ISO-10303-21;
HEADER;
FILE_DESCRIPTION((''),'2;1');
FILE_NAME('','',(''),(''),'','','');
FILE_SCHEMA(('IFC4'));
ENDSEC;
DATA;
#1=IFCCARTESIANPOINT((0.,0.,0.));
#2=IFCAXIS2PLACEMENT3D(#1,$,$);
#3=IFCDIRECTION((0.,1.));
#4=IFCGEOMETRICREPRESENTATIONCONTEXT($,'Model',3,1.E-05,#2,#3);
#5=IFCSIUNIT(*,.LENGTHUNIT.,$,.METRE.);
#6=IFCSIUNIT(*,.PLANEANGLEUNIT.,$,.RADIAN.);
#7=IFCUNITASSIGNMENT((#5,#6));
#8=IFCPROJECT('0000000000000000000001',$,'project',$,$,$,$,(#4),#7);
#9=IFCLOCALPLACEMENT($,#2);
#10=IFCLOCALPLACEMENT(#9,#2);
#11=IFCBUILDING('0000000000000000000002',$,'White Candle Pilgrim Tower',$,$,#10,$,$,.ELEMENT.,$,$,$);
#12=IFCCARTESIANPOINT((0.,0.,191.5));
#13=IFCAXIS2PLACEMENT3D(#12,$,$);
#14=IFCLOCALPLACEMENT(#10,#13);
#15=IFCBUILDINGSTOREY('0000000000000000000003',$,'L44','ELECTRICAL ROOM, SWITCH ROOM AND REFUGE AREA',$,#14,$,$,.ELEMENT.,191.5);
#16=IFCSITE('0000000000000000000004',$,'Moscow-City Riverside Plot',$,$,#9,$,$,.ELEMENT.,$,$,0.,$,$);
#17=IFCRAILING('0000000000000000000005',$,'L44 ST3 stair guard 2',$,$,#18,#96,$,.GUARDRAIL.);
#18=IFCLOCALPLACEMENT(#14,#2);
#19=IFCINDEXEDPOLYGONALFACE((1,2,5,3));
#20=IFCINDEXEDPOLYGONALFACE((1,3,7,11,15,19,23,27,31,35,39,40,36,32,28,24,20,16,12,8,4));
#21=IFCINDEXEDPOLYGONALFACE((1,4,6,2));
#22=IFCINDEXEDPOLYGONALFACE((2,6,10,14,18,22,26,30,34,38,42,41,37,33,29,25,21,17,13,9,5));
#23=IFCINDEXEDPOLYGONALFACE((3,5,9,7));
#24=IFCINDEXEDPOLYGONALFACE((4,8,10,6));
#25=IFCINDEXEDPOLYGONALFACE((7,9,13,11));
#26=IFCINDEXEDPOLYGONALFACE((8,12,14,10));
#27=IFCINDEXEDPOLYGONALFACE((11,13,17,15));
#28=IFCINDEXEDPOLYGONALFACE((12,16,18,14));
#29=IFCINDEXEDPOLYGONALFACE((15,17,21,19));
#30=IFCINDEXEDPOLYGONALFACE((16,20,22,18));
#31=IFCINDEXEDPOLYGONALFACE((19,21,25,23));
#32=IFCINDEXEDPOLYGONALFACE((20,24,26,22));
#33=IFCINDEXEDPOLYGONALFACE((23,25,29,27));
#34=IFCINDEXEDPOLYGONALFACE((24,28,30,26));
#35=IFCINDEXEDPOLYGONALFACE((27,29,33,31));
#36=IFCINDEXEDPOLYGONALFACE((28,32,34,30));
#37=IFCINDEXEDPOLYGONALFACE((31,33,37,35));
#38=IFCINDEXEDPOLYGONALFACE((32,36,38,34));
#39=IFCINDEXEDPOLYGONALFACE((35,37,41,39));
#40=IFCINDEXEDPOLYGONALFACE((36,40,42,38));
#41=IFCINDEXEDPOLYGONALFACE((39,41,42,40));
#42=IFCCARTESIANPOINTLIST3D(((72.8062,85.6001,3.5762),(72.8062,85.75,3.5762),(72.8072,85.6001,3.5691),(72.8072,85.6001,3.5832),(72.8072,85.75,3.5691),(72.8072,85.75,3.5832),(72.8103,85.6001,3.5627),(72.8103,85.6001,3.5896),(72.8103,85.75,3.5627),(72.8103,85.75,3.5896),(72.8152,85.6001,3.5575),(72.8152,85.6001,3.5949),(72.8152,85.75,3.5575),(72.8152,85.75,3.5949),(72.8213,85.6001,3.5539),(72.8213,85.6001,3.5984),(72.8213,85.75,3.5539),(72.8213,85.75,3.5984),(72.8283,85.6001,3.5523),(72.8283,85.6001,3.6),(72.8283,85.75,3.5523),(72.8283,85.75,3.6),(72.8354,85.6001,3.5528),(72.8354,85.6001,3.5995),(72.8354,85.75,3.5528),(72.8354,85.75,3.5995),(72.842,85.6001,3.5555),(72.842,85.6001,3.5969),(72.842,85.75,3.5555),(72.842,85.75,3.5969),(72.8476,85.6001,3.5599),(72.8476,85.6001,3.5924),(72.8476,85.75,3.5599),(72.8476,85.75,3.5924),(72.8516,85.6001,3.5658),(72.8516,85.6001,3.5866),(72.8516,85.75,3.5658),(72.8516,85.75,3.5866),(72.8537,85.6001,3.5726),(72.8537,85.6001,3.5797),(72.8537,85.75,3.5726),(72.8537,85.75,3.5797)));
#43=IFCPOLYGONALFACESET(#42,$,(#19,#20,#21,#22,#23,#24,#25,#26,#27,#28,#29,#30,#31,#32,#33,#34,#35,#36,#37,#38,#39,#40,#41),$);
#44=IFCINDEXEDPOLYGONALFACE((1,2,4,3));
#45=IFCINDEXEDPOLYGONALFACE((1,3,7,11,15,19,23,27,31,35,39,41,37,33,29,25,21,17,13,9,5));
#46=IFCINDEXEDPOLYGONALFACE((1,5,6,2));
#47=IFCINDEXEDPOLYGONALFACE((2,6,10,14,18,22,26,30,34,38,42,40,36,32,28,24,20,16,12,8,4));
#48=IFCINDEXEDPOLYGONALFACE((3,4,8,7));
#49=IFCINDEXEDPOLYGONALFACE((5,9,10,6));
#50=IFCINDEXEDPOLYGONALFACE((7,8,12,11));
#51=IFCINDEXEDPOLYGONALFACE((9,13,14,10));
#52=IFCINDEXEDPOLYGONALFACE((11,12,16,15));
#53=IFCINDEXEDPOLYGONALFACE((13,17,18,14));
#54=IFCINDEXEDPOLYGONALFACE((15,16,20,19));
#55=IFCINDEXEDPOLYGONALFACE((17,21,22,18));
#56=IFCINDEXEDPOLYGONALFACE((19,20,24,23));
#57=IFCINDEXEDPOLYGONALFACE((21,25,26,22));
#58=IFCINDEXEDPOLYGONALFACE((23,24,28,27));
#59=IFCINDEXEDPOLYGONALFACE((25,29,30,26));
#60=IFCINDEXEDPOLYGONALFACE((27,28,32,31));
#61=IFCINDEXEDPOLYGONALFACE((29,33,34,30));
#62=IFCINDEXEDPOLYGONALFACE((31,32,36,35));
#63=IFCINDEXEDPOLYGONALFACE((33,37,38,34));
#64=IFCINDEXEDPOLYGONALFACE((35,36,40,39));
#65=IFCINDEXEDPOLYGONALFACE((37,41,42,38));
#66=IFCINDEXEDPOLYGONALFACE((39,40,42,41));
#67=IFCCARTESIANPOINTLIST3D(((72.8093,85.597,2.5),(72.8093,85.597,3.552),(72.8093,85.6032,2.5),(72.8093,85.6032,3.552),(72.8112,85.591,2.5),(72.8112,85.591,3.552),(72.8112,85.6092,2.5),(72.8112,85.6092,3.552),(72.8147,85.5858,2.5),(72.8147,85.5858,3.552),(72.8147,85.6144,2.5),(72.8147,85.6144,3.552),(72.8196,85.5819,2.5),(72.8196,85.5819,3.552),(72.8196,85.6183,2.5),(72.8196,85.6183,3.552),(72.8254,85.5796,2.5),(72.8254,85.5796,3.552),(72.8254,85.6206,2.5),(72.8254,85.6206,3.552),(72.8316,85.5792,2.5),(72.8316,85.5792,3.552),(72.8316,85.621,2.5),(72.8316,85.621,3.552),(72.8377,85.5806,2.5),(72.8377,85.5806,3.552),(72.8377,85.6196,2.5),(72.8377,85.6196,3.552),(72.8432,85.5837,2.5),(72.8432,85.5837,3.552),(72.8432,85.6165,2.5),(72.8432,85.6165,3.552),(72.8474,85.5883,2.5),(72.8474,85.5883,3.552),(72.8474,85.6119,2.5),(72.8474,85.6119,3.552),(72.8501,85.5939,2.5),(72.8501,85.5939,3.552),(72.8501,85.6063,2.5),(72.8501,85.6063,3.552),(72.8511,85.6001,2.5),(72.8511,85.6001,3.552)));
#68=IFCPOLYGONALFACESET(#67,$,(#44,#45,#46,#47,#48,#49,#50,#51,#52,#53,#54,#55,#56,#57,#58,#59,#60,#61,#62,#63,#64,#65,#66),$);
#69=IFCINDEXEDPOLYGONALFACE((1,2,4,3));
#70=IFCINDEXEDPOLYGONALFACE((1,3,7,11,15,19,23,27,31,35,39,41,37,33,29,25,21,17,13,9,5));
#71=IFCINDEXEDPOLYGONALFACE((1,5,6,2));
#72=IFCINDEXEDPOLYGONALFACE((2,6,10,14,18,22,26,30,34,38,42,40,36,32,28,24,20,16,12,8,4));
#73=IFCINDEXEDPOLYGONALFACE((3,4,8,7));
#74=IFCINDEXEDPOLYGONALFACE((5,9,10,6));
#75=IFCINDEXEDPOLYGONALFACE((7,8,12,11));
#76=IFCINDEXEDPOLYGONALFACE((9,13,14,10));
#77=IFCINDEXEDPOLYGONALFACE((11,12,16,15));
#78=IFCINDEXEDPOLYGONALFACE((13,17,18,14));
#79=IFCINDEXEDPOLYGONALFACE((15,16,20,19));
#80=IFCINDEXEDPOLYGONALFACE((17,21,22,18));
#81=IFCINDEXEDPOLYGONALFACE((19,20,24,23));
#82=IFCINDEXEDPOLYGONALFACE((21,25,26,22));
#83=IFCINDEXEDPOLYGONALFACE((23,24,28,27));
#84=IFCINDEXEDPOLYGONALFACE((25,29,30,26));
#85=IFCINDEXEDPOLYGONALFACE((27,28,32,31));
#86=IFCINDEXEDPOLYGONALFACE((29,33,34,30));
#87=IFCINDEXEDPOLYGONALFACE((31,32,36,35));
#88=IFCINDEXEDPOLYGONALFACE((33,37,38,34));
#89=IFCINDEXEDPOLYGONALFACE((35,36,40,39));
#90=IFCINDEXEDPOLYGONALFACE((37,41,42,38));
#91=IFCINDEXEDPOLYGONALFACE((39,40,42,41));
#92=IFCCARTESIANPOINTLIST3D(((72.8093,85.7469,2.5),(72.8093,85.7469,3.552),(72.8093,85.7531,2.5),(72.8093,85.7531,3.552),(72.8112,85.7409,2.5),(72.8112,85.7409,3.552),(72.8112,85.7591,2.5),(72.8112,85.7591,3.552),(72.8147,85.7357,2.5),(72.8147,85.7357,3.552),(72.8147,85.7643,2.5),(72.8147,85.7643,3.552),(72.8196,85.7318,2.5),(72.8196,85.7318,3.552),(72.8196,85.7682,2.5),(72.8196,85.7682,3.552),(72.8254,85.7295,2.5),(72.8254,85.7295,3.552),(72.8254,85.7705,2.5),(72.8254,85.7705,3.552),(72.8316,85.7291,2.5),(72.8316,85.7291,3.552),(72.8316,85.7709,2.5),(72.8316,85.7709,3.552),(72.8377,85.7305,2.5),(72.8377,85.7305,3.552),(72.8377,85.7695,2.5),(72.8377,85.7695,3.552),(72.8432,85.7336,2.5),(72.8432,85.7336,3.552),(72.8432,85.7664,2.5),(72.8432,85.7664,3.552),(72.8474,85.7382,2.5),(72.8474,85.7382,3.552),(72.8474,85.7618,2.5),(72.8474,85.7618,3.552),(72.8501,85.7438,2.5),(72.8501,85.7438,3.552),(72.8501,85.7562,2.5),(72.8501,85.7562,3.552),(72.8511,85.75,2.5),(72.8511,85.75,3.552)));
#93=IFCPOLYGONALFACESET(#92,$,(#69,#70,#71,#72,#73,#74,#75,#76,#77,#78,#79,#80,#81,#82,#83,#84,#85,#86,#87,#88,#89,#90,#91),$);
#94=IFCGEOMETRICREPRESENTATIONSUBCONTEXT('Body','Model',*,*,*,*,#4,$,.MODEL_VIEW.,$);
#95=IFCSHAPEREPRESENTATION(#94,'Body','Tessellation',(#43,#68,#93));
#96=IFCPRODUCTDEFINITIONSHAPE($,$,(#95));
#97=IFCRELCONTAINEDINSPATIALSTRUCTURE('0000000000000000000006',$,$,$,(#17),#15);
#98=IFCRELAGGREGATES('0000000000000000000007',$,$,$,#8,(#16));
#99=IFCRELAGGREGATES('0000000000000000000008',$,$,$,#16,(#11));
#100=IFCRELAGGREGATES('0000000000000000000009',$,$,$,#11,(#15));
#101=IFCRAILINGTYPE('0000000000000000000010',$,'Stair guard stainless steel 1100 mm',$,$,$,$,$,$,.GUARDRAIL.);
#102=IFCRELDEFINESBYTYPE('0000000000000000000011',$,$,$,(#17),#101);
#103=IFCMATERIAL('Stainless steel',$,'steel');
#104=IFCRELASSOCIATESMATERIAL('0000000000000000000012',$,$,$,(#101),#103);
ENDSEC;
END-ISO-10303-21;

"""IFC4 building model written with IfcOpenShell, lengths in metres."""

from ifc_helpers import new_model, si_unit, direction, frame, origin, origin_2d, place, context, subcontext, project, spatial, circle, extrude, material, type_object, element, save


model = new_model("IFC4")

# Units and contexts
model_context = context("Model", 3, precision=1e-05, world=origin(), true_north=direction((0.0, 1.0)))
body_context = subcontext(model_context, "Body", "Model", "MODEL_VIEW")
ifc_project = project(units=[si_unit("LENGTHUNIT", "METRE"), si_unit("PLANEANGLEUNIT", "RADIAN")], contexts=[model_context])

# Site, building, storey
site_placement = place(None, origin())
site = spatial("IfcSite", under=ifc_project, at=site_placement, Name="Moscow-City Riverside Plot", CompositionType="ELEMENT", RefElevation=0.0)
building_placement = place(site_placement, origin())
building = spatial("IfcBuilding", under=site, at=building_placement, Name="White Candle Pilgrim Tower", CompositionType="ELEMENT")
storey_placement = place(building_placement, frame((0.0, 0.0, 191.5)))
storey = spatial("IfcBuildingStorey", under=building, at=storey_placement, Name="L44", Description="ELECTRICAL ROOM, SWITCH ROOM AND REFUGE AREA", CompositionType="ELEMENT", Elevation=191.5)

# Shared definitions
ifc_material_1 = material(Name="Stainless steel", Category="steel")

# Railing
railing_type_1 = type_object("IfcRailingType", Name="Stair guard stainless steel 1100 mm", PredefinedType="GUARDRAIL", material=ifc_material_1)
railing_1_placement = place(storey_placement, frame((72.8301, 85.6001, 2.5)))
element("IfcRailing", 1, at=railing_1_placement, inside=storey, type_object=railing_type_1, Name="L44 ST3 stair guard 2", PredefinedType="GUARDRAIL", context=body_context, shape_type="SweptSolid", body=[
    extrude(circle(Radius=0.0239, at=origin_2d()), frame((0.0, 0.0, 1.0762), z_axis=(0.0, 1.0, 0.0), x_axis=(-1.0, 0.0, 0.0)), (0.0, 0.0, 1.0), 0.1499),
    extrude(circle(Radius=0.021, at=origin_2d()), origin(), (0.0, 0.0, 1.0), 1.052),
    extrude(circle(Radius=0.021, at=origin_2d()), frame((0.0, 0.1499, 0.0)), (0.0, 0.0, 1.0), 1.052),
])

save(model, "model.ifc")
